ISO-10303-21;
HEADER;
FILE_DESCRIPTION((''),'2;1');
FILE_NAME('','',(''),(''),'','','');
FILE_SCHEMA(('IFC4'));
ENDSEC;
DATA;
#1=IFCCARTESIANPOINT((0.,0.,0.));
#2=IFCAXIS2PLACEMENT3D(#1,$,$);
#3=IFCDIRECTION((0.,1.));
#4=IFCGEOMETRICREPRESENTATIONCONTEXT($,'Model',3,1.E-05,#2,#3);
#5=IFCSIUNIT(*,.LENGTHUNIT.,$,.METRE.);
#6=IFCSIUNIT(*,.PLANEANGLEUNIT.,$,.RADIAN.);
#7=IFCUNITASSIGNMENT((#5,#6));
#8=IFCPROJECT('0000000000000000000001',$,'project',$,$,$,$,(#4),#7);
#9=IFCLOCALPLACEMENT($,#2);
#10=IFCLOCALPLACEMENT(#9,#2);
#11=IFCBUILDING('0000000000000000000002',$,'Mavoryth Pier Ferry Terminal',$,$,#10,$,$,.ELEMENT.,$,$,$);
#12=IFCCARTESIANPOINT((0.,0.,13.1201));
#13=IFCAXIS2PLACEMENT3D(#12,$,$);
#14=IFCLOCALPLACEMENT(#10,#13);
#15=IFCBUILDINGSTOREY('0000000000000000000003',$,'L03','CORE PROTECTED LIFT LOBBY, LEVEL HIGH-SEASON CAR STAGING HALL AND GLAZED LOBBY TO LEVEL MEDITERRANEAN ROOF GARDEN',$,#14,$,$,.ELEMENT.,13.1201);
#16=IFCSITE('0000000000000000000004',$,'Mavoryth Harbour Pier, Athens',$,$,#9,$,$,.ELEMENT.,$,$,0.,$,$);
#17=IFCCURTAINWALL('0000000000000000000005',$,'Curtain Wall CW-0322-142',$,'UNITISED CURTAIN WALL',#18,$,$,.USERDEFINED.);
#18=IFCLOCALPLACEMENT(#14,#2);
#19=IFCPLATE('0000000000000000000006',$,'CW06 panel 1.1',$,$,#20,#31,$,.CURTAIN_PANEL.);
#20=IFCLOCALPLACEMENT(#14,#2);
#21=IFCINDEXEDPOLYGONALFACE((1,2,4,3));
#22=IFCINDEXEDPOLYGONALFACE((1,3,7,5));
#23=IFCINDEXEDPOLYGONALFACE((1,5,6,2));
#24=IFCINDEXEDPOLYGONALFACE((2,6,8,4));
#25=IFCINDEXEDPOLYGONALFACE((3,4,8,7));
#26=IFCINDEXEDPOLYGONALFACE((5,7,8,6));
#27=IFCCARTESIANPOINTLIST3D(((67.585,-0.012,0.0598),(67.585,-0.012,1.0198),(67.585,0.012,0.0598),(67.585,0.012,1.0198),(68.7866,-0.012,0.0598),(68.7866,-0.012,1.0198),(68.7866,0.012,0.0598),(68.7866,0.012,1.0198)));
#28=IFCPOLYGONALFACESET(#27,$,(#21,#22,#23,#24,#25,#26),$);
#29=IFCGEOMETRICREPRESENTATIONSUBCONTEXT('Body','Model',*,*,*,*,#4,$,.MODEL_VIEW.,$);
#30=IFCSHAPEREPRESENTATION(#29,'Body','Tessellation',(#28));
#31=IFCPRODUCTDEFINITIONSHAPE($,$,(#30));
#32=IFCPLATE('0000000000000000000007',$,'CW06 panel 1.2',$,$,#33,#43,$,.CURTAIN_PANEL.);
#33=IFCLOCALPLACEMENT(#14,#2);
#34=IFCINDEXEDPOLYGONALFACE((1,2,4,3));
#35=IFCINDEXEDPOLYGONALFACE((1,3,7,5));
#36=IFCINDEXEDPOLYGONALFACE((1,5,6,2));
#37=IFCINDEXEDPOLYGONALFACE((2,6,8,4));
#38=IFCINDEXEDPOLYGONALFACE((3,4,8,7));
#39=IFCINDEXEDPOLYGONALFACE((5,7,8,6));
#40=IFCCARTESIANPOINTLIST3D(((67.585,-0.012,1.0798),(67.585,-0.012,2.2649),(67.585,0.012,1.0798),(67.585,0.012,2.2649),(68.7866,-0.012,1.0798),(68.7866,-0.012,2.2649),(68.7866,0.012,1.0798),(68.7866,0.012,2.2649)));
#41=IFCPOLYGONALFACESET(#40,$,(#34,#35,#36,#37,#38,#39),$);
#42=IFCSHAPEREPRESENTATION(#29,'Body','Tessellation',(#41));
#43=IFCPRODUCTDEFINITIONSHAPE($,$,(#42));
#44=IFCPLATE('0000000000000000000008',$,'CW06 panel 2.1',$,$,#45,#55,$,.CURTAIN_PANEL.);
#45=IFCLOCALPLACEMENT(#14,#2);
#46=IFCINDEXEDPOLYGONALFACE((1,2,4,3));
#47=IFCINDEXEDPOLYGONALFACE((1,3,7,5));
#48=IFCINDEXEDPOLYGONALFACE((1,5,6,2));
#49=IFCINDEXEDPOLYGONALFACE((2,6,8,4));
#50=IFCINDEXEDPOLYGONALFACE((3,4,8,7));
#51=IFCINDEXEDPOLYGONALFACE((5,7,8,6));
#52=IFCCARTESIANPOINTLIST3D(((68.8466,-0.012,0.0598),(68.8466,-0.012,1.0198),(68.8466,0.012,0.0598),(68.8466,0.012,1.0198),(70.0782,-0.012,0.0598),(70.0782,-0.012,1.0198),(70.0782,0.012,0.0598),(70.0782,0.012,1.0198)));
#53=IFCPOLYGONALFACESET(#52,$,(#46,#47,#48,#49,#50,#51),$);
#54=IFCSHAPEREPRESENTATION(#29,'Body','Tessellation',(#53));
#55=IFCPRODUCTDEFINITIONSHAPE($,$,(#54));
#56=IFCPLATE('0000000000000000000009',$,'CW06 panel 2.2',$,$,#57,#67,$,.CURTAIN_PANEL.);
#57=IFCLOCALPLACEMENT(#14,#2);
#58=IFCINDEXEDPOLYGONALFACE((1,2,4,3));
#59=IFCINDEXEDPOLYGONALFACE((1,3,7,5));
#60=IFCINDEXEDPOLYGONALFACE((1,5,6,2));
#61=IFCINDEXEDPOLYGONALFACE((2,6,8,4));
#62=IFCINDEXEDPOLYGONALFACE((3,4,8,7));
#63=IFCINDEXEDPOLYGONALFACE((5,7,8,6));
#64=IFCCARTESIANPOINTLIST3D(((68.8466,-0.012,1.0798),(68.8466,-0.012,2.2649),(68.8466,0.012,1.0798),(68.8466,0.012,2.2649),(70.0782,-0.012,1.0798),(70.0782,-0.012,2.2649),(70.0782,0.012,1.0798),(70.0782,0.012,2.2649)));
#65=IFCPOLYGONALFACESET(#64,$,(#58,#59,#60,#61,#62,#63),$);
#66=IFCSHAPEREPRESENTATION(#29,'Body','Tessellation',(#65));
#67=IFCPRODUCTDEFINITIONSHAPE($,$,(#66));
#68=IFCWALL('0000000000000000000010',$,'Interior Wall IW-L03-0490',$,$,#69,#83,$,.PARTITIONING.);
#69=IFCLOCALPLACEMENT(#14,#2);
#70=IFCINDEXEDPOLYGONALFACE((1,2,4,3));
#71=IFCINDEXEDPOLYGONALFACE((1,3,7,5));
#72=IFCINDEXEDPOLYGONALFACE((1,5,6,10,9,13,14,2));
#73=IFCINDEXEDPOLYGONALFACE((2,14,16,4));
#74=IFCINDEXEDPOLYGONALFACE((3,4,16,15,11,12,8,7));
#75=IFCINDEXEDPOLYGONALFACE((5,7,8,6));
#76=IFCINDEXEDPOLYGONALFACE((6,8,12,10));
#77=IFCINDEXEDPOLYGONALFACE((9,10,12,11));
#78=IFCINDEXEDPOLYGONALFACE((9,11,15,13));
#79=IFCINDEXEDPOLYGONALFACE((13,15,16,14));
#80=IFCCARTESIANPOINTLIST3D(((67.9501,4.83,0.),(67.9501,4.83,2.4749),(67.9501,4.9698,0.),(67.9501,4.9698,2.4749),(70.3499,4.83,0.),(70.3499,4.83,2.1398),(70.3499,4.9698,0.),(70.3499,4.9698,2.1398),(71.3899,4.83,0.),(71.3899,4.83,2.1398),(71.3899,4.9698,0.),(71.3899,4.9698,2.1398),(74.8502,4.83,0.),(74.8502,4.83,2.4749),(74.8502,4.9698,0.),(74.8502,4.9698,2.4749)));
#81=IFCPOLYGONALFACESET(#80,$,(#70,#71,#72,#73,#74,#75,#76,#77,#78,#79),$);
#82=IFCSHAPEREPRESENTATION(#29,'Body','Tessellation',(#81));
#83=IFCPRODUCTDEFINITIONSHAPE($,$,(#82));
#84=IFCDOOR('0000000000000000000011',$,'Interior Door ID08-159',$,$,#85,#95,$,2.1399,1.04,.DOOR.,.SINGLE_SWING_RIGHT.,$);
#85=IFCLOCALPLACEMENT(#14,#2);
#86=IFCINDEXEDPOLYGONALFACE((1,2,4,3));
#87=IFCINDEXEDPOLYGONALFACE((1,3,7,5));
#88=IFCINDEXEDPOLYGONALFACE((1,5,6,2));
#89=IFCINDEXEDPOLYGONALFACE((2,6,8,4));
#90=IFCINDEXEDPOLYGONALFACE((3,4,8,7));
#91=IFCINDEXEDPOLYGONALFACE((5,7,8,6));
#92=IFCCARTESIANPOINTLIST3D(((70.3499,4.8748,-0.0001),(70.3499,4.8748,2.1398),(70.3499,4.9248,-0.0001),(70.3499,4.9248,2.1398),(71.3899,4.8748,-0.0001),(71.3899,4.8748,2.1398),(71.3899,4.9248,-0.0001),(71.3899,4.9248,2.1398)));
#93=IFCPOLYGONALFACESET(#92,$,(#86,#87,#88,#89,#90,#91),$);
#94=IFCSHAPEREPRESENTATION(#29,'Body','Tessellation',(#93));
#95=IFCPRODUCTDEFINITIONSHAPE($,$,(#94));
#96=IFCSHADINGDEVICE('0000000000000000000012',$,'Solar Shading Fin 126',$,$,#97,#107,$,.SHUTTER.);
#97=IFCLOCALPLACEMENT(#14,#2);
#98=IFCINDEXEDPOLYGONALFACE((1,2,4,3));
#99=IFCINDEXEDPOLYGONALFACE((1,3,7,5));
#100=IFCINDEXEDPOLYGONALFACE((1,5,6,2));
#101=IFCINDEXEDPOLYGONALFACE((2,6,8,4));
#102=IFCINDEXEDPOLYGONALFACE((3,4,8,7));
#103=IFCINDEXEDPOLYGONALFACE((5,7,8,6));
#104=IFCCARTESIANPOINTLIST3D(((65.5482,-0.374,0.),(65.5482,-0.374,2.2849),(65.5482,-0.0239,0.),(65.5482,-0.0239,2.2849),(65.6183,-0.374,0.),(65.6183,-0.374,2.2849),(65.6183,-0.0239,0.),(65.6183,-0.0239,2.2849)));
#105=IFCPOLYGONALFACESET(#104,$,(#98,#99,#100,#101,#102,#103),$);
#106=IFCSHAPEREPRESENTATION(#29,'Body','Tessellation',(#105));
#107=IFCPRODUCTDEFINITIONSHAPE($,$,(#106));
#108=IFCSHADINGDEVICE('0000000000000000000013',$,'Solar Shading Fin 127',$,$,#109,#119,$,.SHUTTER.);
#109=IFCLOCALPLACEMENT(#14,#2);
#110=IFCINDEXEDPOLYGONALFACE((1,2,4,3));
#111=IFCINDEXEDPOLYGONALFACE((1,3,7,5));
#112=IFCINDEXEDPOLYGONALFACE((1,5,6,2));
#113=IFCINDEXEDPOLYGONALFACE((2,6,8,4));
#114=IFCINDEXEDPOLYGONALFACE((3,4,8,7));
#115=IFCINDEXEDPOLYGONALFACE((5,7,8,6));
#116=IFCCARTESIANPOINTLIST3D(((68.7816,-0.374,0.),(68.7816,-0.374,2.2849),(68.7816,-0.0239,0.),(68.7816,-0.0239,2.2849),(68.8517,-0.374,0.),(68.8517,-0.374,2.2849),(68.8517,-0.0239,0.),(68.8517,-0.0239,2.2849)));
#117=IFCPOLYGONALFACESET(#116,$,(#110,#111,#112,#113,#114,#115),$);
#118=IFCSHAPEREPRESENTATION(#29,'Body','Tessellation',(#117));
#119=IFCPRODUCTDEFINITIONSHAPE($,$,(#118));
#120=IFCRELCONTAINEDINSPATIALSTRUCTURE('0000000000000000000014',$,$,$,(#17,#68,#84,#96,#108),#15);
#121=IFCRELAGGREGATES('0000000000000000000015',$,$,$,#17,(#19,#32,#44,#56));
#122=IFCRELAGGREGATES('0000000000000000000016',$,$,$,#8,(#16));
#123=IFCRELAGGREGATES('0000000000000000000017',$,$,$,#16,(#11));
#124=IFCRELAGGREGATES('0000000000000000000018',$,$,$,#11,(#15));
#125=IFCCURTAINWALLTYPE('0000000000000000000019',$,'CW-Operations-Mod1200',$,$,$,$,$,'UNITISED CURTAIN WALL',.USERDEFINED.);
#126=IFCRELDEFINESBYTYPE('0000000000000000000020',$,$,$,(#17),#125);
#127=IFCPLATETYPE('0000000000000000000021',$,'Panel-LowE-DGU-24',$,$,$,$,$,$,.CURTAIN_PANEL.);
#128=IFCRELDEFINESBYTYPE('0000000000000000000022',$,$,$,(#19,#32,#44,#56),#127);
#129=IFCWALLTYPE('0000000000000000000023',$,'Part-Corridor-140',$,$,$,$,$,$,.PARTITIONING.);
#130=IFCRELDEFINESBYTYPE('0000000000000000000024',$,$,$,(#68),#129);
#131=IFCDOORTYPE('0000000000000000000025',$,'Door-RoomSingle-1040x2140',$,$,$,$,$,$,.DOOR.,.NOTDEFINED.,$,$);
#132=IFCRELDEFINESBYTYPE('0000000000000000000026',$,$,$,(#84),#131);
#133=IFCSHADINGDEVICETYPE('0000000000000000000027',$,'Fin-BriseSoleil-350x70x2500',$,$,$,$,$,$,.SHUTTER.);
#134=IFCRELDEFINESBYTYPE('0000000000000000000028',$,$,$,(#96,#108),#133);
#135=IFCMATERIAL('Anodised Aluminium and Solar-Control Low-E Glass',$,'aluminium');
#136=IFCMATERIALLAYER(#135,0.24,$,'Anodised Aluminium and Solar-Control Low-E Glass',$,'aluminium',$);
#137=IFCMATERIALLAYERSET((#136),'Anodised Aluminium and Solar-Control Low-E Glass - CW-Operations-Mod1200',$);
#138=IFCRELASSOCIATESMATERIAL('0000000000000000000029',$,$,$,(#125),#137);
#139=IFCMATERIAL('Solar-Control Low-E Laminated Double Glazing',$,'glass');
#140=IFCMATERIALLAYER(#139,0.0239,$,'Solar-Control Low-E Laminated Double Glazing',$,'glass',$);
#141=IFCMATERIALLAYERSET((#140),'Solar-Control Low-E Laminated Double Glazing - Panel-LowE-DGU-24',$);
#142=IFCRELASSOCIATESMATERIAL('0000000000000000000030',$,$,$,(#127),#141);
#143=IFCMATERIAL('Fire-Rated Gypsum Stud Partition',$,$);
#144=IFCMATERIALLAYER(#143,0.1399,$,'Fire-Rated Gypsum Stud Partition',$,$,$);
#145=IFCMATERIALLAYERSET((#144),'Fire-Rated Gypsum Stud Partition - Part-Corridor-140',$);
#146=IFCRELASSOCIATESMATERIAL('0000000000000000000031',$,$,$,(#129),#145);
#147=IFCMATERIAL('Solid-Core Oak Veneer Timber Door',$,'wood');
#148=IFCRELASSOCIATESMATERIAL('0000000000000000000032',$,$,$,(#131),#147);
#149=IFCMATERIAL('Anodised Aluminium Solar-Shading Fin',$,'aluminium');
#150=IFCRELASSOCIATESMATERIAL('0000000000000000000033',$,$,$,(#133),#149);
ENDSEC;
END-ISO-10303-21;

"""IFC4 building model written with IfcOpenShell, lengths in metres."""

from ifc_helpers import new_model, si_unit, direction, frame, frame_2d, origin, origin_2d, place, context, subcontext, project, spatial, rectangle, extrude, material, layer, layer_set, type_object, element, fill, aggregate, save


model = new_model("IFC4")

# Units and contexts
model_context = context("Model", 3, precision=1e-05, world=origin(), true_north=direction((0.0, 1.0)))
body_context = subcontext(model_context, "Body", "Model", "MODEL_VIEW")
ifc_project = project(units=[si_unit("LENGTHUNIT", "METRE"), si_unit("PLANEANGLEUNIT", "RADIAN")], contexts=[model_context])

# Site, building, storey
site_placement = place(None, origin())
site = spatial("IfcSite", under=ifc_project, at=site_placement, Name="Mavoryth Harbour Pier, Athens", CompositionType="ELEMENT", RefElevation=0.0)
building_placement = place(site_placement, origin())
building = spatial("IfcBuilding", under=site, at=building_placement, Name="Mavoryth Pier Ferry Terminal", CompositionType="ELEMENT")
storey_placement = place(building_placement, frame((0.0, 0.0, 13.1201)))
storey = spatial("IfcBuildingStorey", under=building, at=storey_placement, Name="L03", Description="CORE PROTECTED LIFT LOBBY, LEVEL HIGH-SEASON CAR STAGING HALL AND GLAZED LOBBY TO LEVEL MEDITERRANEAN ROOF GARDEN", CompositionType="ELEMENT", Elevation=13.1201)

# Curtain wall
ifc_material_1 = material(Name="Anodised Aluminium and Solar-Control Low-E Glass", Category="aluminium")
ifc_layer_1 = layer(ifc_material_1, 0.24, Name="Anodised Aluminium and Solar-Control Low-E Glass", Category="aluminium")
ifc_layer_set_1 = layer_set([ifc_layer_1], Name="Anodised Aluminium and Solar-Control Low-E Glass - CW-Operations-Mod1200")
curtain_wall_type = type_object("IfcCurtainWallType", Name="CW-Operations-Mod1200", ElementType="UNITISED CURTAIN WALL", PredefinedType="USERDEFINED", material=ifc_layer_set_1)
curtain_wall_1_placement = place(storey_placement, origin())
curtain_wall_1 = element("IfcCurtainWall", 1, at=curtain_wall_1_placement, inside=storey, type_object=curtain_wall_type, Name="Curtain Wall CW-0322-142", ObjectType="UNITISED CURTAIN WALL", PredefinedType="USERDEFINED")

# Plates
ifc_material_2 = material(Name="Solar-Control Low-E Laminated Double Glazing", Category="glass")
ifc_layer_2 = layer(ifc_material_2, 0.0239, Name="Solar-Control Low-E Laminated Double Glazing", Category="glass")
ifc_layer_set_2 = layer_set([ifc_layer_2], Name="Solar-Control Low-E Laminated Double Glazing - Panel-LowE-DGU-24")
plate_type = type_object("IfcPlateType", Name="Panel-LowE-DGU-24", PredefinedType="CURTAIN_PANEL", material=ifc_layer_set_2)
plate_1_placement = place(storey_placement, frame((68.1858, 0.0, 0.0598), z_axis=(0.0, 0.0, 1.0), x_axis=(1.0, 0.0, 0.0)))
plate_1 = element("IfcPlate", 2, at=plate_1_placement, type_object=plate_type, Name="CW06 panel 1.1", PredefinedType="CURTAIN_PANEL", context=body_context, shape_type="SweptSolid", body=[
    extrude(rectangle(XDim=1.2017, YDim=0.0239, at=origin_2d()), origin(), (0.0, 0.0, 1.0), 0.96),
])
plate_2_placement = place(storey_placement, frame((68.1858, 0.0, 1.0798), z_axis=(0.0, 0.0, 1.0), x_axis=(1.0, 0.0, 0.0)))
plate_2 = element("IfcPlate", 3, at=plate_2_placement, type_object=plate_type, Name="CW06 panel 1.2", PredefinedType="CURTAIN_PANEL", context=body_context, shape_type="SweptSolid", body=[
    extrude(rectangle(XDim=1.2017, YDim=0.0239, at=origin_2d()), origin(), (0.0, 0.0, 1.0), 1.1851),
])
plate_3_placement = place(storey_placement, frame((69.4624, 0.0, 0.0598), z_axis=(0.0, 0.0, 1.0), x_axis=(1.0, 0.0, 0.0)))
plate_3 = element("IfcPlate", 4, at=plate_3_placement, type_object=plate_type, Name="CW06 panel 2.1", PredefinedType="CURTAIN_PANEL", context=body_context, shape_type="SweptSolid", body=[
    extrude(rectangle(XDim=1.2317, YDim=0.0239, at=origin_2d()), origin(), (0.0, 0.0, 1.0), 0.96),
])
plate_4_placement = place(storey_placement, frame((69.4624, 0.0, 1.0798), z_axis=(0.0, 0.0, 1.0), x_axis=(1.0, 0.0, 0.0)))
plate_4 = element("IfcPlate", 5, at=plate_4_placement, type_object=plate_type, Name="CW06 panel 2.2", PredefinedType="CURTAIN_PANEL", context=body_context, shape_type="SweptSolid", body=[
    extrude(rectangle(XDim=1.2317, YDim=0.0239, at=origin_2d()), origin(), (0.0, 0.0, 1.0), 1.1851),
])
aggregate(curtain_wall_1, [plate_1, plate_2, plate_3, plate_4])

# Wall, opening, door
ifc_material_3 = material(Name="Fire-Rated Gypsum Stud Partition")
ifc_layer_3 = layer(ifc_material_3, 0.1399, Name="Fire-Rated Gypsum Stud Partition")
ifc_layer_set_3 = layer_set([ifc_layer_3], Name="Fire-Rated Gypsum Stud Partition - Part-Corridor-140")
wall_type = type_object("IfcWallType", Name="Part-Corridor-140", PredefinedType="PARTITIONING", material=ifc_layer_set_3)
wall_placement = place(storey_placement, frame((67.95, 4.8999, 0.0), z_axis=(0.0, 0.0, 1.0), x_axis=(1.0, 0.0, 0.0)))
wall = element("IfcWall", 6, at=wall_placement, inside=storey, type_object=wall_type, Name="Interior Wall IW-L03-0490", PredefinedType="PARTITIONING", context=body_context, shape_type="SweptSolid", body=[
    extrude(rectangle(XDim=6.9001, YDim=0.1399, at=frame_2d((3.4502, 0.0))), origin(), (0.0, 0.0, 1.0), 2.4749),
])
opening_placement = place(wall_placement, frame((2.3999, 0.0, 0.0)))
opening = element("IfcOpeningElement", 7, at=opening_placement, cuts=wall, PredefinedType="OPENING", context=body_context, shape_type="SweptSolid", body=[
    extrude(rectangle(XDim=1.04, YDim=2.1399, at=frame_2d((0.52, 1.0698))), frame((0.0, 0.0798, 0.0), z_axis=(0.0, -1.0, 0.0), x_axis=(1.0, 0.0, 0.0)), (0.0, 0.0, 1.0), 0.1599),
])
ifc_material_4 = material(Name="Solid-Core Oak Veneer Timber Door", Category="wood")
door_type = type_object("IfcDoorType", Name="Door-RoomSingle-1040x2140", OperationType="NOTDEFINED", PredefinedType="DOOR", material=ifc_material_4)
door_placement = place(opening_placement, origin())
door = element("IfcDoor", 8, at=door_placement, inside=storey, type_object=door_type, Name="Interior Door ID08-159", OperationType="SINGLE_SWING_RIGHT", OverallHeight=2.1399, OverallWidth=1.04, PredefinedType="DOOR", context=body_context, shape_type="SweptSolid", body=[
    extrude(rectangle(XDim=1.04, YDim=2.1399, at=frame_2d((0.52, 1.0698))), frame((0.0, 0.0249, 0.0), z_axis=(0.0, -1.0, 0.0), x_axis=(1.0, 0.0, 0.0)), (0.0, 0.0, 1.0), 0.05),
])
fill(opening, door)

# Shading devices
ifc_material_5 = material(Name="Anodised Aluminium Solar-Shading Fin", Category="aluminium")
shading_device_type = type_object("IfcShadingDeviceType", Name="Fin-BriseSoleil-350x70x2500", PredefinedType="SHUTTER", material=ifc_material_5)
for number, where, z_axis, x_axis, name in (
    (9, (65.5833, -0.199, 0.0), (0.0, 0.0, 1.0), (1.0, 0.0, 0.0), "Solar Shading Fin 126"),
    (10, (68.8167, -0.199, 0.0), (0.0, 0.0, 1.0), (1.0, 0.0, 0.0), "Solar Shading Fin 127"),
):
    element("IfcShadingDevice", number, at=place(storey_placement, frame(where, z_axis=z_axis, x_axis=x_axis)), inside=storey, type_object=shading_device_type, Name=name, PredefinedType="SHUTTER", context=body_context, shape_type="SweptSolid", body=[
        extrude(rectangle(XDim=0.0701, YDim=0.3501, at=origin_2d()), origin(), (0.0, 0.0, 1.0), 2.2849),
    ])

save(model, "model.ifc")
